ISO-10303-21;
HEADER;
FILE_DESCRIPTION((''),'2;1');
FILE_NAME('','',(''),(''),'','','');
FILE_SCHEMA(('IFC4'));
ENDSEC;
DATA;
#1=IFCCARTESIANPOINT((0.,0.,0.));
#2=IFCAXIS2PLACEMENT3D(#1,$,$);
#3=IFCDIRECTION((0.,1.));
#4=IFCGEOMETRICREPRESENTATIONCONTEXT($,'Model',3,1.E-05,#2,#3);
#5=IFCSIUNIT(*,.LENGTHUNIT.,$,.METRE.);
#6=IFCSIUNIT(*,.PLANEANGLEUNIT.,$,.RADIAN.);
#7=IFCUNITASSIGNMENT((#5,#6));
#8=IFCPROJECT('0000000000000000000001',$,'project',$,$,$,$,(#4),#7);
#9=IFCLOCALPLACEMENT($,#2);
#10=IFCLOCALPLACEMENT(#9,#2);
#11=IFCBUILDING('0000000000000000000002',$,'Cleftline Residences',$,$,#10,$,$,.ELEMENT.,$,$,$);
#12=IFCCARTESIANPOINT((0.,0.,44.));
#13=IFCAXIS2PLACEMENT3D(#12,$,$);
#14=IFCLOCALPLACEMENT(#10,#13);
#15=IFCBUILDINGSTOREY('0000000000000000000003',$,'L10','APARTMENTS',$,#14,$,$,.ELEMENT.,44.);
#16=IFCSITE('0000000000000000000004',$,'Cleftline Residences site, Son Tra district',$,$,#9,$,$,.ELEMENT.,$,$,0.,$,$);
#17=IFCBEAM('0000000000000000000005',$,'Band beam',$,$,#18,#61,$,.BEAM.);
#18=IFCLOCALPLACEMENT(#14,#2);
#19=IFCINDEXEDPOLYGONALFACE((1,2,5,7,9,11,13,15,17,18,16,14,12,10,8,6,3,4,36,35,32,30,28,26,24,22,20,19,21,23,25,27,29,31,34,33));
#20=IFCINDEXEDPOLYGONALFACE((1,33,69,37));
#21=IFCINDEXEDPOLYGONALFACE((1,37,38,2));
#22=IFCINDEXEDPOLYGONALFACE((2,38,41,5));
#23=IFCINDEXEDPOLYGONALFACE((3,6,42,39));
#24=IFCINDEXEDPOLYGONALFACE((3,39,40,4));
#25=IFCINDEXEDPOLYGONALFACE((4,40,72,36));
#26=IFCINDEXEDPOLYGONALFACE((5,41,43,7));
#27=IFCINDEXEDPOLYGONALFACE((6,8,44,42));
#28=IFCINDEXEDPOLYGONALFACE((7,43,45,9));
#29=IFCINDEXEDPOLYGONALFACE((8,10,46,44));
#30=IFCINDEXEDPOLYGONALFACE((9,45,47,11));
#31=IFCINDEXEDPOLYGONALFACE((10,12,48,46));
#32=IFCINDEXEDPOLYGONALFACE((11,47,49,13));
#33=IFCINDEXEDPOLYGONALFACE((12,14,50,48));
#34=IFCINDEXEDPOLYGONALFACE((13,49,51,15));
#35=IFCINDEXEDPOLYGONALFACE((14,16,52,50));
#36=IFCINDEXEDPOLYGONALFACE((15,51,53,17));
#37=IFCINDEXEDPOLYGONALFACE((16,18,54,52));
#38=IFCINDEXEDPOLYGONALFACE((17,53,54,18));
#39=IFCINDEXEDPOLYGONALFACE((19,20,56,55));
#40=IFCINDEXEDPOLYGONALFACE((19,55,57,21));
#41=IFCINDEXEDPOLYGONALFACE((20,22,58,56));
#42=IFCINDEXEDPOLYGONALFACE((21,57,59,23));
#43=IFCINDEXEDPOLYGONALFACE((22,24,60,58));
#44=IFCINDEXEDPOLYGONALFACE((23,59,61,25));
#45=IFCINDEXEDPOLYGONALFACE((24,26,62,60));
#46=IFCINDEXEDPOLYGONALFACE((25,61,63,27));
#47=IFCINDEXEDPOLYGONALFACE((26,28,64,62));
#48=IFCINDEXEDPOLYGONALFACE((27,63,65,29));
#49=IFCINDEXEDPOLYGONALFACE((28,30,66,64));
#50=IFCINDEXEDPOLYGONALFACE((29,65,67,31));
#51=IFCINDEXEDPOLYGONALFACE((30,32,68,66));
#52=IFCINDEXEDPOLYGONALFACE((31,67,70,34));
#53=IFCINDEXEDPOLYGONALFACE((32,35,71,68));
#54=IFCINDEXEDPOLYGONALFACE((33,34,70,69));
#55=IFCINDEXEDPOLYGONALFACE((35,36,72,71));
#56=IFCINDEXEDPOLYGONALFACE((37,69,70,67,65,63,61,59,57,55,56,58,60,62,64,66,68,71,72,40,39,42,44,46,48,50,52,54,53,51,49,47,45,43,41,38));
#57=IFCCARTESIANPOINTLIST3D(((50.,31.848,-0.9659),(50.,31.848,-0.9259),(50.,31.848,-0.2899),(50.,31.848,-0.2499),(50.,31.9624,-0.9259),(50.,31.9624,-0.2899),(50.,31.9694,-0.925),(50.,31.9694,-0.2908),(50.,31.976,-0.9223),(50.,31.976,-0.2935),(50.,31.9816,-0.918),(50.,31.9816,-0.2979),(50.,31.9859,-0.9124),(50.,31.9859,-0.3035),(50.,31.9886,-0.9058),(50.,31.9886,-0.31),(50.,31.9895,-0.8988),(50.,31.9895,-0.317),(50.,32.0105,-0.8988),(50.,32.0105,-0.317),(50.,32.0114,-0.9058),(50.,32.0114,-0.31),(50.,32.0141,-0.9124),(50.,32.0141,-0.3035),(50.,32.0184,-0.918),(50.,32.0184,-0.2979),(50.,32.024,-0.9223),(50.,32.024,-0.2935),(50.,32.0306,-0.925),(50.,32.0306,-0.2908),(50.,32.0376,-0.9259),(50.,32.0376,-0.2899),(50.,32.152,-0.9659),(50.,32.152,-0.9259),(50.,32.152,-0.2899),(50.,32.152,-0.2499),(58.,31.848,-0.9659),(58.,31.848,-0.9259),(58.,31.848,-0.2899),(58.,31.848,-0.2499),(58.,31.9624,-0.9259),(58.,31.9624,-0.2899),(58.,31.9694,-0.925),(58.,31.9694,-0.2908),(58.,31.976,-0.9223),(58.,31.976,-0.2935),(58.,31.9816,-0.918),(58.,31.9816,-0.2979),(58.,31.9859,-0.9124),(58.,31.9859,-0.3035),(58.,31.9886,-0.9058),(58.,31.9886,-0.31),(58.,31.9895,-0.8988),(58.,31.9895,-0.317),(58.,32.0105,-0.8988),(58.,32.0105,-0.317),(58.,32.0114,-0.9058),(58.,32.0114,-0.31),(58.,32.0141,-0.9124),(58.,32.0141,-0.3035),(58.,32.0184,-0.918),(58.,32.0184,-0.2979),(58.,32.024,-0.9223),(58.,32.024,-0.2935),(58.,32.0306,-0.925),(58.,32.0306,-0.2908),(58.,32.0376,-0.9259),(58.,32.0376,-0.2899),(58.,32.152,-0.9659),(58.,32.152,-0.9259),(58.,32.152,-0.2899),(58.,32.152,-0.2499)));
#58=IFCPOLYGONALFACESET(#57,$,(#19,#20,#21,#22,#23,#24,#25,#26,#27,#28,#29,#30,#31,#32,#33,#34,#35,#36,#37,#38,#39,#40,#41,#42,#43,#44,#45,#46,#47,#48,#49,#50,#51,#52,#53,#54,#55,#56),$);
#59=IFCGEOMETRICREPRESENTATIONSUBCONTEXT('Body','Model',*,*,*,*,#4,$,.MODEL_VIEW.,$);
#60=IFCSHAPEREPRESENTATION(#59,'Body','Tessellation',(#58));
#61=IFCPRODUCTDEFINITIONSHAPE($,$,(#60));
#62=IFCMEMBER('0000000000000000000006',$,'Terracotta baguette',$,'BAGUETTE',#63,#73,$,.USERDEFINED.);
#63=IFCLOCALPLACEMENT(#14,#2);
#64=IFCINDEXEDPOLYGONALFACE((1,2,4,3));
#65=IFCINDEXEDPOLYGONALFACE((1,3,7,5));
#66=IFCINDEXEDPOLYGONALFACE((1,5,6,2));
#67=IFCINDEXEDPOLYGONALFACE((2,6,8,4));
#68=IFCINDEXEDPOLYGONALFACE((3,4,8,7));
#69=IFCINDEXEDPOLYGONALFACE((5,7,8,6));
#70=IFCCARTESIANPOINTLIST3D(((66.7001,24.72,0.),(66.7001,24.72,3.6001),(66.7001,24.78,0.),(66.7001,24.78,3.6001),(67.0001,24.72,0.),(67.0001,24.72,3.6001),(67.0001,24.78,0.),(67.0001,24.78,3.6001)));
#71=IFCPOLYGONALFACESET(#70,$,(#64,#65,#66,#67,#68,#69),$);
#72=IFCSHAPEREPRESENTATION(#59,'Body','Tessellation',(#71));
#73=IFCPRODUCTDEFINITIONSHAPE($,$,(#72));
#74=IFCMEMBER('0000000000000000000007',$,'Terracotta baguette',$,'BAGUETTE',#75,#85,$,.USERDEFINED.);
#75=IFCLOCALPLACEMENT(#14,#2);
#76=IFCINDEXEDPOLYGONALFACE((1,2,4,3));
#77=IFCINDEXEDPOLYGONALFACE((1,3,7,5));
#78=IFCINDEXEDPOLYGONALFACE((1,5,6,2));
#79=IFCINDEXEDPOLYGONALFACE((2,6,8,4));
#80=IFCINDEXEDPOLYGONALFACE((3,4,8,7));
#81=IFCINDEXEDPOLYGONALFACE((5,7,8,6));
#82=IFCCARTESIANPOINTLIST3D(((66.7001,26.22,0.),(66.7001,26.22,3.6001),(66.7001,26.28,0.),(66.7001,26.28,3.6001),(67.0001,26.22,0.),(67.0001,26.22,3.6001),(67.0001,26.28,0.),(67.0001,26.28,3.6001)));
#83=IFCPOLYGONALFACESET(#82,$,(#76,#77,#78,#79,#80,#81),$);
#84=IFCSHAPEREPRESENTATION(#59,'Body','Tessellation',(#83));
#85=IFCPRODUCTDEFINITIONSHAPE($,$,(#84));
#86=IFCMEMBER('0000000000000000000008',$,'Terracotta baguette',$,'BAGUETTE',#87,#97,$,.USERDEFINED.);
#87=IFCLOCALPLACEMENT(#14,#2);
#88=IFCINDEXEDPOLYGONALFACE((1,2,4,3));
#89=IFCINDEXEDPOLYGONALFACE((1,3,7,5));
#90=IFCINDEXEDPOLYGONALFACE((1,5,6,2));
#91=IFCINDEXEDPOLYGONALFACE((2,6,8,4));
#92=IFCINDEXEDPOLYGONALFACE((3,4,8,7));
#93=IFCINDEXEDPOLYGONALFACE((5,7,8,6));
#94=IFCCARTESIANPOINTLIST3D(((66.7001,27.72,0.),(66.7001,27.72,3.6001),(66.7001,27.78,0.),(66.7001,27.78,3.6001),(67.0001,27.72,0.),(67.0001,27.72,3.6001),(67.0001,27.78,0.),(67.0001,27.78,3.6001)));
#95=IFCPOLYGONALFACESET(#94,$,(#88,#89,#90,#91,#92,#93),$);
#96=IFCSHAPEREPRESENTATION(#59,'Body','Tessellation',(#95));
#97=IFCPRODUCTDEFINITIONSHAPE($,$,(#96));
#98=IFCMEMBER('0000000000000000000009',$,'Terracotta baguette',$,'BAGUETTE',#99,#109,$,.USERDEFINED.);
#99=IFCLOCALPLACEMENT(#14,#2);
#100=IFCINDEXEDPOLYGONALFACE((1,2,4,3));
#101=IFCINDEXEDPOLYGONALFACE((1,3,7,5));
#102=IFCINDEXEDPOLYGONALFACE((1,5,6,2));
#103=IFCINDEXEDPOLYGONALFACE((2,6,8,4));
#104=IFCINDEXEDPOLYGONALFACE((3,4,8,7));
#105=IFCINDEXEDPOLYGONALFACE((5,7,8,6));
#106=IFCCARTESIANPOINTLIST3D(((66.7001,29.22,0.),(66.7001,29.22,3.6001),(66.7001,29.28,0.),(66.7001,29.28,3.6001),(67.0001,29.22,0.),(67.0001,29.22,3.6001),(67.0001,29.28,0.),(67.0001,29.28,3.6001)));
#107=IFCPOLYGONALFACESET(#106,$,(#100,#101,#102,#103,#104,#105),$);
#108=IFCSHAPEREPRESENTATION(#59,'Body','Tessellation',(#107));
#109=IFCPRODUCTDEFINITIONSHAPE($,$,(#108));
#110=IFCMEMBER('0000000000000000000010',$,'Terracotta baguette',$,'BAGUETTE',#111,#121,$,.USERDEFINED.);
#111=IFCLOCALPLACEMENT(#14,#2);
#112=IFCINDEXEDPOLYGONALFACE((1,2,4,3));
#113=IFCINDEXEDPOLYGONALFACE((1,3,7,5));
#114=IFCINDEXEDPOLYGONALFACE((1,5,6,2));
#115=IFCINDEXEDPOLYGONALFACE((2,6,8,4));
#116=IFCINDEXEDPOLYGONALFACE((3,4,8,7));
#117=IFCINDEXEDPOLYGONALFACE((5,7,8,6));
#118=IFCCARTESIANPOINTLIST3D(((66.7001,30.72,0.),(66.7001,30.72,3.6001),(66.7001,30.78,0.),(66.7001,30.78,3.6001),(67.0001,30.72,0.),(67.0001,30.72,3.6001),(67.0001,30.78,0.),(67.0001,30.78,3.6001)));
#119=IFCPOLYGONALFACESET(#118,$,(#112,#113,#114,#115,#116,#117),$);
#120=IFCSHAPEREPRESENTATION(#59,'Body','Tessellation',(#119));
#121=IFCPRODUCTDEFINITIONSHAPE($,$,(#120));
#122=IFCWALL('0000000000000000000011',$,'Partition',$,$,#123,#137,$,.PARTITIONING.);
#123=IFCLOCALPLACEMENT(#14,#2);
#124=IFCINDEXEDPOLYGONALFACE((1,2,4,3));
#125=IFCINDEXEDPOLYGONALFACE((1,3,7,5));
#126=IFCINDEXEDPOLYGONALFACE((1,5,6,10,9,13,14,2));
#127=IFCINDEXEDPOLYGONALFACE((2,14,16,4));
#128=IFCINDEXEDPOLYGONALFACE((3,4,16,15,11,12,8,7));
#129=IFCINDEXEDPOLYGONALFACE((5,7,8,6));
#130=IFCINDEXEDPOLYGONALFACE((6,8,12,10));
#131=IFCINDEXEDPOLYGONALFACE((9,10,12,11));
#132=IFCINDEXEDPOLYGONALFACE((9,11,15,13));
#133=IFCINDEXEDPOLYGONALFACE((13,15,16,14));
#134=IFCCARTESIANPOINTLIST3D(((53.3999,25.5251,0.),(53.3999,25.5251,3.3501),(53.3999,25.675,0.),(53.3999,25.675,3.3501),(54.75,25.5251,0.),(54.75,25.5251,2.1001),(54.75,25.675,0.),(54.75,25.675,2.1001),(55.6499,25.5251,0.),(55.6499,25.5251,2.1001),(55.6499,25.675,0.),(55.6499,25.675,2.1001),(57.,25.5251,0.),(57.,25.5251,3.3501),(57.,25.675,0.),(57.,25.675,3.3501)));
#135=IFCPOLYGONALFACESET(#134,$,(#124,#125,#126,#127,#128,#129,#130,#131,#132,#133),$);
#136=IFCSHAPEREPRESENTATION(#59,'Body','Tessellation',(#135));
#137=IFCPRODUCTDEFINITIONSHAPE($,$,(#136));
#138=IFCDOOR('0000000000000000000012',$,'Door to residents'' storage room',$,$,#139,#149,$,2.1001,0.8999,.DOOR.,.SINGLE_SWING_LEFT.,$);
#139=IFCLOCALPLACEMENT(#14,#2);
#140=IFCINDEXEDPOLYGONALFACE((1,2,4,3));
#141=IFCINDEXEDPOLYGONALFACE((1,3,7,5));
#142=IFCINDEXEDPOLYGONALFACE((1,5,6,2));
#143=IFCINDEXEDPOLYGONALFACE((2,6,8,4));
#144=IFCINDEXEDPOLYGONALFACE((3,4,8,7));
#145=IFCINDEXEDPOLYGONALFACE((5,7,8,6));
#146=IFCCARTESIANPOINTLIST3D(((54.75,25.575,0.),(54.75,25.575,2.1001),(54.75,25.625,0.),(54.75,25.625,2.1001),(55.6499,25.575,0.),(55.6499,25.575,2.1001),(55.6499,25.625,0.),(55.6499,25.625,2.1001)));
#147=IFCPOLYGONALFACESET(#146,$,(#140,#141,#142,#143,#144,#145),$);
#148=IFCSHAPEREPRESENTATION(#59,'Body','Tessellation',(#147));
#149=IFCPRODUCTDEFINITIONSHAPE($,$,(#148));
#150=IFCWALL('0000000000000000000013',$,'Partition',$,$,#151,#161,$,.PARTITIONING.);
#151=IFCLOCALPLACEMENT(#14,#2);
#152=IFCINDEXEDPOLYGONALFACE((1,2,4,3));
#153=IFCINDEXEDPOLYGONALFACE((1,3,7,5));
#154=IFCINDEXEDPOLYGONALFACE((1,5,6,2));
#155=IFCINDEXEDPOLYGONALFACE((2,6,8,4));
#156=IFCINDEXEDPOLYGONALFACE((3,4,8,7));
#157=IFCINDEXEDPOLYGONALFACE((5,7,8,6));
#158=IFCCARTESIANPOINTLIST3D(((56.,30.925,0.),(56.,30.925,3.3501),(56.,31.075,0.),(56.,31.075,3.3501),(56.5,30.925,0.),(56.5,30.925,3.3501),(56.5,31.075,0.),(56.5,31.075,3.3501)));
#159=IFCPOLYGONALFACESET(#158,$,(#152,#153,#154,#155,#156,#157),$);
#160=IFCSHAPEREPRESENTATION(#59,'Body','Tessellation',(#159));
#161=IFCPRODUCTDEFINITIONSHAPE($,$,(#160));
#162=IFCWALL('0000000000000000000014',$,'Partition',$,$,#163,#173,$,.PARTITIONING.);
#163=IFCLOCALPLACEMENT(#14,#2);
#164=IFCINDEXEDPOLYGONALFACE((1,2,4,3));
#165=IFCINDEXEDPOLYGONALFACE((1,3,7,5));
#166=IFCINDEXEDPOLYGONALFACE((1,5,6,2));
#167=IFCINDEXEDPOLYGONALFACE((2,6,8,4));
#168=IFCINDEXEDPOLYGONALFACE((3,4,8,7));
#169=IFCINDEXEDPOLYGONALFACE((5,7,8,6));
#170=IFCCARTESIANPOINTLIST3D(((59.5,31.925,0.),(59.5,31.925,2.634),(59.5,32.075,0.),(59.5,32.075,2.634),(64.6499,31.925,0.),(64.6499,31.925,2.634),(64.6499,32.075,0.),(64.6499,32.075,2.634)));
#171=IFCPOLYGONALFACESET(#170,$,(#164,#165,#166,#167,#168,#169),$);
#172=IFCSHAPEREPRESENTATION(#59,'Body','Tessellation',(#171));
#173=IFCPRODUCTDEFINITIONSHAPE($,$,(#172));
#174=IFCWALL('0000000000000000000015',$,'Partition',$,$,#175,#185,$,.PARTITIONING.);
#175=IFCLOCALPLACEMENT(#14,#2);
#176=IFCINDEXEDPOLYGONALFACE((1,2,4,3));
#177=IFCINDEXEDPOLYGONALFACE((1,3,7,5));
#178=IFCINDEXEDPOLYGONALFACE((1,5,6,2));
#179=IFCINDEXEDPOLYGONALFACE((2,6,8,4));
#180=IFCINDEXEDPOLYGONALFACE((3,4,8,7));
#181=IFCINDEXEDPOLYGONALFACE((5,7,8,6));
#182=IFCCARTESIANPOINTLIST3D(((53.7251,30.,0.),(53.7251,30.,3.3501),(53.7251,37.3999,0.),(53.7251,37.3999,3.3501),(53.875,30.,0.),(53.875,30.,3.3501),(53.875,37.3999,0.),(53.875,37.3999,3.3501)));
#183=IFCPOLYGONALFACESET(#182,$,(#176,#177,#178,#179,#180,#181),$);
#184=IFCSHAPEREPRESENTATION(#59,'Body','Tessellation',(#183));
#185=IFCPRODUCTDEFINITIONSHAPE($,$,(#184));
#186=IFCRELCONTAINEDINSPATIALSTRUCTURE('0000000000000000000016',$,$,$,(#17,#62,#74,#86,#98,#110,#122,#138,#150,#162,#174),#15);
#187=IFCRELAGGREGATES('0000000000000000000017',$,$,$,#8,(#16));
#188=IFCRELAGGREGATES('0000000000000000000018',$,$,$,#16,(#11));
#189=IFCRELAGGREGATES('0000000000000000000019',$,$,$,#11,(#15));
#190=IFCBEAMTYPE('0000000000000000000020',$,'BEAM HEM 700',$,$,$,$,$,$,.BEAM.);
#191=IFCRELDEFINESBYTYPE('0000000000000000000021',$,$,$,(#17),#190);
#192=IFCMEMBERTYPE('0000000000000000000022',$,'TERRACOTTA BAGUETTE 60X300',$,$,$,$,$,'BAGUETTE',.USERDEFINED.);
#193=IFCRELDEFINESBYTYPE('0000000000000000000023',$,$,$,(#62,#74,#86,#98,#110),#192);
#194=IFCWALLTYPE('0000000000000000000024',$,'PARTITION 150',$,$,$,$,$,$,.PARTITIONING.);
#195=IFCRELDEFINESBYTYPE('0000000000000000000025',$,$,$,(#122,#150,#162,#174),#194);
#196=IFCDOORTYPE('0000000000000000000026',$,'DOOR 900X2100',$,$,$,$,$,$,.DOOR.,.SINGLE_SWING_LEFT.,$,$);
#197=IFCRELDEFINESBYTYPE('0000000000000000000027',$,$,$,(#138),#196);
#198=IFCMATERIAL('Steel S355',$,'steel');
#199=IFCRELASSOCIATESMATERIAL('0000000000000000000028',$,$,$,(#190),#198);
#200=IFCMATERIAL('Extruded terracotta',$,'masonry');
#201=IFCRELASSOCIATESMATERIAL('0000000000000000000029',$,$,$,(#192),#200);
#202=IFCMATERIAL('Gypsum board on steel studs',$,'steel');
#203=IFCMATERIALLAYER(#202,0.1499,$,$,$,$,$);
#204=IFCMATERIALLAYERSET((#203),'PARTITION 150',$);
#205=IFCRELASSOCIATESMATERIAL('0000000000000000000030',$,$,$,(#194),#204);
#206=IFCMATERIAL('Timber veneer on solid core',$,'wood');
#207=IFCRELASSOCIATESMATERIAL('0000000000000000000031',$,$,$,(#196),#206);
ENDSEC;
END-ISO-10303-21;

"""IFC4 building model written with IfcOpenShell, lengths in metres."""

from ifc_helpers import new_model, si_unit, direction, frame, frame_2d, origin, origin_2d, place, context, subcontext, project, spatial, rectangle, i_section, extrude, material, layer, layer_set, material_profile, profile_set, type_object, element, fill, save


model = new_model("IFC4")

# Units and contexts
model_context = context("Model", 3, precision=1e-05, world=origin(), true_north=direction((0.0, 1.0)))
body_context = subcontext(model_context, "Body", "Model", "MODEL_VIEW")
ifc_project = project(units=[si_unit("LENGTHUNIT", "METRE"), si_unit("PLANEANGLEUNIT", "RADIAN")], contexts=[model_context])

# Site, building, storey
site_placement = place(None, origin())
site = spatial("IfcSite", under=ifc_project, at=site_placement, Name="Cleftline Residences site, Son Tra district", CompositionType="ELEMENT", RefElevation=0.0)
building_placement = place(site_placement, origin())
building = spatial("IfcBuilding", under=site, at=building_placement, Name="Cleftline Residences", CompositionType="ELEMENT")
storey_placement = place(building_placement, frame((0.0, 0.0, 44.0)))
storey = spatial("IfcBuildingStorey", under=building, at=storey_placement, Name="L10", Description="APARTMENTS", CompositionType="ELEMENT", Elevation=44.0)

# Beam
ifc_material_1 = material(Name="Steel S355", Category="steel")
ifc_material_profile_1 = material_profile(ifc_material_1, i_section(OverallWidth=0.304, OverallDepth=0.7161, WebThickness=0.021, FlangeThickness=0.04, FilletRadius=0.0271, at=origin_2d()))
ifc_profile_set_1 = profile_set([ifc_material_profile_1], Name="Steel S355")
beam_type_1 = type_object("IfcBeamType", Name="BEAM HEM 700", PredefinedType="BEAM", material=ifc_profile_set_1)
beam_placement = place(storey_placement, frame((58.0, 32.0, -0.6079), z_axis=(-1.0, 0.0, 0.0), x_axis=(0.0, -1.0, 0.0)))
element("IfcBeam", 1, at=beam_placement, inside=storey, type_object=beam_type_1, Name="Band beam", PredefinedType="BEAM", context=body_context, shape_type="SweptSolid", body=[
    extrude(i_section(OverallWidth=0.304, OverallDepth=0.7161, WebThickness=0.021, FlangeThickness=0.04, FilletRadius=0.0271, at=origin_2d()), origin(), (0.0, 0.0, 1.0), 8.0),
])

# Members
ifc_material_2 = material(Name="Extruded terracotta", Category="masonry")
ifc_material_profile_2 = material_profile(ifc_material_2, rectangle(XDim=0.0601, YDim=0.3, at=origin_2d()))
ifc_profile_set_2 = profile_set([ifc_material_profile_2], Name="Extruded terracotta")
member_type_1 = type_object("IfcMemberType", Name="TERRACOTTA BAGUETTE 60X300", ElementType="BAGUETTE", PredefinedType="USERDEFINED", material=ifc_profile_set_2)
for number, where, z_axis, x_axis, name in (
    (2, (66.8501, 24.75, 0.0), (0.0, 0.0, 1.0), (0.0, 1.0, 0.0), "Terracotta baguette"),
    (3, (66.8501, 26.25, 0.0), (0.0, 0.0, 1.0), (0.0, 1.0, 0.0), "Terracotta baguette"),
    (4, (66.8501, 27.75, 0.0), (0.0, 0.0, 1.0), (0.0, 1.0, 0.0), "Terracotta baguette"),
    (5, (66.8501, 29.25, 0.0), (0.0, 0.0, 1.0), (0.0, 1.0, 0.0), "Terracotta baguette"),
    (6, (66.8501, 30.75, 0.0), (0.0, 0.0, 1.0), (0.0, 1.0, 0.0), "Terracotta baguette"),
):
    element("IfcMember", number, at=place(storey_placement, frame(where, z_axis=z_axis, x_axis=x_axis)), inside=storey, type_object=member_type_1, Name=name, ObjectType="BAGUETTE", PredefinedType="USERDEFINED", context=body_context, shape_type="SweptSolid", body=[
        extrude(rectangle(XDim=0.0601, YDim=0.3, at=origin_2d()), origin(), (0.0, 0.0, 1.0), 3.6001),
    ])

# Wall, opening, door
ifc_material_3 = material(Name="Gypsum board on steel studs", Category="steel")
ifc_layer_1 = layer(ifc_material_3, 0.1499)
ifc_layer_set_1 = layer_set([ifc_layer_1], Name="PARTITION 150")
wall_type_1 = type_object("IfcWallType", Name="PARTITION 150", PredefinedType="PARTITIONING", material=ifc_layer_set_1)
wall_1_placement = place(storey_placement, frame((53.3999, 25.6001, 0.0), z_axis=(0.0, 0.0, 1.0), x_axis=(1.0, 0.0, 0.0)))
wall_1 = element("IfcWall", 7, at=wall_1_placement, inside=storey, type_object=wall_type_1, Name="Partition", PredefinedType="PARTITIONING", context=body_context, shape_type="SweptSolid", body=[
    extrude(rectangle(XDim=3.6001, YDim=0.1499, at=frame_2d((1.8, 0.0))), origin(), (0.0, 0.0, 1.0), 3.3501),
])
opening_1_placement = place(wall_1_placement, frame((1.3501, 0.0, 0.0)))
opening_1 = element("IfcOpeningElement", 8, at=opening_1_placement, cuts=wall_1, PredefinedType="OPENING", context=body_context, shape_type="SweptSolid", body=[
    extrude(rectangle(XDim=0.8999, YDim=2.1001, at=frame_2d((0.45, 1.05))), frame((0.0, 0.085, 0.0), z_axis=(0.0, -1.0, 0.0), x_axis=(1.0, 0.0, 0.0)), (0.0, 0.0, 1.0), 0.1699),
])
ifc_material_4 = material(Name="Timber veneer on solid core", Category="wood")
door_type_1 = type_object("IfcDoorType", Name="DOOR 900X2100", OperationType="SINGLE_SWING_LEFT", PredefinedType="DOOR", material=ifc_material_4)
door_1_placement = place(opening_1_placement, origin())
door_1 = element("IfcDoor", 9, at=door_1_placement, inside=storey, type_object=door_type_1, Name="Door to residents' storage room", OperationType="SINGLE_SWING_LEFT", OverallHeight=2.1001, OverallWidth=0.8999, PredefinedType="DOOR", context=body_context, shape_type="SweptSolid", body=[
    extrude(rectangle(XDim=0.8999, YDim=2.1001, at=frame_2d((0.45, 1.05))), frame((0.0, 0.0249, 0.0), z_axis=(0.0, -1.0, 0.0), x_axis=(1.0, 0.0, 0.0)), (0.0, 0.0, 1.0), 0.05),
])
fill(opening_1, door_1)

# Walls
wall_2_placement = place(storey_placement, frame((56.0, 31.0, 0.0), z_axis=(0.0, 0.0, 1.0), x_axis=(1.0, 0.0, 0.0)))
element("IfcWall", 10, at=wall_2_placement, inside=storey, type_object=wall_type_1, Name="Partition", PredefinedType="PARTITIONING", context=body_context, shape_type="SweptSolid", body=[
    extrude(rectangle(XDim=0.5, YDim=0.1499, at=frame_2d((0.25, 0.0))), origin(), (0.0, 0.0, 1.0), 3.3501),
])
wall_3_placement = place(storey_placement, frame((59.5, 32.0, 0.0), z_axis=(0.0, 0.0, 1.0), x_axis=(1.0, 0.0, 0.0)))
element("IfcWall", 11, at=wall_3_placement, inside=storey, type_object=wall_type_1, Name="Partition", PredefinedType="PARTITIONING", context=body_context, shape_type="SweptSolid", body=[
    extrude(rectangle(XDim=5.1499, YDim=0.1499, at=frame_2d((2.575, 0.0))), origin(), (0.0, 0.0, 1.0), 2.634),
])
wall_4_placement = place(storey_placement, frame((53.8, 30.0, 0.0), z_axis=(0.0, 0.0, 1.0), x_axis=(0.0, 1.0, 0.0)))
element("IfcWall", 12, at=wall_4_placement, inside=storey, type_object=wall_type_1, Name="Partition", PredefinedType="PARTITIONING", context=body_context, shape_type="SweptSolid", body=[
    extrude(rectangle(XDim=7.3999, YDim=0.1499, at=frame_2d((3.7, 0.0))), origin(), (0.0, 0.0, 1.0), 3.3501),
])

save(model, "model.ifc")
